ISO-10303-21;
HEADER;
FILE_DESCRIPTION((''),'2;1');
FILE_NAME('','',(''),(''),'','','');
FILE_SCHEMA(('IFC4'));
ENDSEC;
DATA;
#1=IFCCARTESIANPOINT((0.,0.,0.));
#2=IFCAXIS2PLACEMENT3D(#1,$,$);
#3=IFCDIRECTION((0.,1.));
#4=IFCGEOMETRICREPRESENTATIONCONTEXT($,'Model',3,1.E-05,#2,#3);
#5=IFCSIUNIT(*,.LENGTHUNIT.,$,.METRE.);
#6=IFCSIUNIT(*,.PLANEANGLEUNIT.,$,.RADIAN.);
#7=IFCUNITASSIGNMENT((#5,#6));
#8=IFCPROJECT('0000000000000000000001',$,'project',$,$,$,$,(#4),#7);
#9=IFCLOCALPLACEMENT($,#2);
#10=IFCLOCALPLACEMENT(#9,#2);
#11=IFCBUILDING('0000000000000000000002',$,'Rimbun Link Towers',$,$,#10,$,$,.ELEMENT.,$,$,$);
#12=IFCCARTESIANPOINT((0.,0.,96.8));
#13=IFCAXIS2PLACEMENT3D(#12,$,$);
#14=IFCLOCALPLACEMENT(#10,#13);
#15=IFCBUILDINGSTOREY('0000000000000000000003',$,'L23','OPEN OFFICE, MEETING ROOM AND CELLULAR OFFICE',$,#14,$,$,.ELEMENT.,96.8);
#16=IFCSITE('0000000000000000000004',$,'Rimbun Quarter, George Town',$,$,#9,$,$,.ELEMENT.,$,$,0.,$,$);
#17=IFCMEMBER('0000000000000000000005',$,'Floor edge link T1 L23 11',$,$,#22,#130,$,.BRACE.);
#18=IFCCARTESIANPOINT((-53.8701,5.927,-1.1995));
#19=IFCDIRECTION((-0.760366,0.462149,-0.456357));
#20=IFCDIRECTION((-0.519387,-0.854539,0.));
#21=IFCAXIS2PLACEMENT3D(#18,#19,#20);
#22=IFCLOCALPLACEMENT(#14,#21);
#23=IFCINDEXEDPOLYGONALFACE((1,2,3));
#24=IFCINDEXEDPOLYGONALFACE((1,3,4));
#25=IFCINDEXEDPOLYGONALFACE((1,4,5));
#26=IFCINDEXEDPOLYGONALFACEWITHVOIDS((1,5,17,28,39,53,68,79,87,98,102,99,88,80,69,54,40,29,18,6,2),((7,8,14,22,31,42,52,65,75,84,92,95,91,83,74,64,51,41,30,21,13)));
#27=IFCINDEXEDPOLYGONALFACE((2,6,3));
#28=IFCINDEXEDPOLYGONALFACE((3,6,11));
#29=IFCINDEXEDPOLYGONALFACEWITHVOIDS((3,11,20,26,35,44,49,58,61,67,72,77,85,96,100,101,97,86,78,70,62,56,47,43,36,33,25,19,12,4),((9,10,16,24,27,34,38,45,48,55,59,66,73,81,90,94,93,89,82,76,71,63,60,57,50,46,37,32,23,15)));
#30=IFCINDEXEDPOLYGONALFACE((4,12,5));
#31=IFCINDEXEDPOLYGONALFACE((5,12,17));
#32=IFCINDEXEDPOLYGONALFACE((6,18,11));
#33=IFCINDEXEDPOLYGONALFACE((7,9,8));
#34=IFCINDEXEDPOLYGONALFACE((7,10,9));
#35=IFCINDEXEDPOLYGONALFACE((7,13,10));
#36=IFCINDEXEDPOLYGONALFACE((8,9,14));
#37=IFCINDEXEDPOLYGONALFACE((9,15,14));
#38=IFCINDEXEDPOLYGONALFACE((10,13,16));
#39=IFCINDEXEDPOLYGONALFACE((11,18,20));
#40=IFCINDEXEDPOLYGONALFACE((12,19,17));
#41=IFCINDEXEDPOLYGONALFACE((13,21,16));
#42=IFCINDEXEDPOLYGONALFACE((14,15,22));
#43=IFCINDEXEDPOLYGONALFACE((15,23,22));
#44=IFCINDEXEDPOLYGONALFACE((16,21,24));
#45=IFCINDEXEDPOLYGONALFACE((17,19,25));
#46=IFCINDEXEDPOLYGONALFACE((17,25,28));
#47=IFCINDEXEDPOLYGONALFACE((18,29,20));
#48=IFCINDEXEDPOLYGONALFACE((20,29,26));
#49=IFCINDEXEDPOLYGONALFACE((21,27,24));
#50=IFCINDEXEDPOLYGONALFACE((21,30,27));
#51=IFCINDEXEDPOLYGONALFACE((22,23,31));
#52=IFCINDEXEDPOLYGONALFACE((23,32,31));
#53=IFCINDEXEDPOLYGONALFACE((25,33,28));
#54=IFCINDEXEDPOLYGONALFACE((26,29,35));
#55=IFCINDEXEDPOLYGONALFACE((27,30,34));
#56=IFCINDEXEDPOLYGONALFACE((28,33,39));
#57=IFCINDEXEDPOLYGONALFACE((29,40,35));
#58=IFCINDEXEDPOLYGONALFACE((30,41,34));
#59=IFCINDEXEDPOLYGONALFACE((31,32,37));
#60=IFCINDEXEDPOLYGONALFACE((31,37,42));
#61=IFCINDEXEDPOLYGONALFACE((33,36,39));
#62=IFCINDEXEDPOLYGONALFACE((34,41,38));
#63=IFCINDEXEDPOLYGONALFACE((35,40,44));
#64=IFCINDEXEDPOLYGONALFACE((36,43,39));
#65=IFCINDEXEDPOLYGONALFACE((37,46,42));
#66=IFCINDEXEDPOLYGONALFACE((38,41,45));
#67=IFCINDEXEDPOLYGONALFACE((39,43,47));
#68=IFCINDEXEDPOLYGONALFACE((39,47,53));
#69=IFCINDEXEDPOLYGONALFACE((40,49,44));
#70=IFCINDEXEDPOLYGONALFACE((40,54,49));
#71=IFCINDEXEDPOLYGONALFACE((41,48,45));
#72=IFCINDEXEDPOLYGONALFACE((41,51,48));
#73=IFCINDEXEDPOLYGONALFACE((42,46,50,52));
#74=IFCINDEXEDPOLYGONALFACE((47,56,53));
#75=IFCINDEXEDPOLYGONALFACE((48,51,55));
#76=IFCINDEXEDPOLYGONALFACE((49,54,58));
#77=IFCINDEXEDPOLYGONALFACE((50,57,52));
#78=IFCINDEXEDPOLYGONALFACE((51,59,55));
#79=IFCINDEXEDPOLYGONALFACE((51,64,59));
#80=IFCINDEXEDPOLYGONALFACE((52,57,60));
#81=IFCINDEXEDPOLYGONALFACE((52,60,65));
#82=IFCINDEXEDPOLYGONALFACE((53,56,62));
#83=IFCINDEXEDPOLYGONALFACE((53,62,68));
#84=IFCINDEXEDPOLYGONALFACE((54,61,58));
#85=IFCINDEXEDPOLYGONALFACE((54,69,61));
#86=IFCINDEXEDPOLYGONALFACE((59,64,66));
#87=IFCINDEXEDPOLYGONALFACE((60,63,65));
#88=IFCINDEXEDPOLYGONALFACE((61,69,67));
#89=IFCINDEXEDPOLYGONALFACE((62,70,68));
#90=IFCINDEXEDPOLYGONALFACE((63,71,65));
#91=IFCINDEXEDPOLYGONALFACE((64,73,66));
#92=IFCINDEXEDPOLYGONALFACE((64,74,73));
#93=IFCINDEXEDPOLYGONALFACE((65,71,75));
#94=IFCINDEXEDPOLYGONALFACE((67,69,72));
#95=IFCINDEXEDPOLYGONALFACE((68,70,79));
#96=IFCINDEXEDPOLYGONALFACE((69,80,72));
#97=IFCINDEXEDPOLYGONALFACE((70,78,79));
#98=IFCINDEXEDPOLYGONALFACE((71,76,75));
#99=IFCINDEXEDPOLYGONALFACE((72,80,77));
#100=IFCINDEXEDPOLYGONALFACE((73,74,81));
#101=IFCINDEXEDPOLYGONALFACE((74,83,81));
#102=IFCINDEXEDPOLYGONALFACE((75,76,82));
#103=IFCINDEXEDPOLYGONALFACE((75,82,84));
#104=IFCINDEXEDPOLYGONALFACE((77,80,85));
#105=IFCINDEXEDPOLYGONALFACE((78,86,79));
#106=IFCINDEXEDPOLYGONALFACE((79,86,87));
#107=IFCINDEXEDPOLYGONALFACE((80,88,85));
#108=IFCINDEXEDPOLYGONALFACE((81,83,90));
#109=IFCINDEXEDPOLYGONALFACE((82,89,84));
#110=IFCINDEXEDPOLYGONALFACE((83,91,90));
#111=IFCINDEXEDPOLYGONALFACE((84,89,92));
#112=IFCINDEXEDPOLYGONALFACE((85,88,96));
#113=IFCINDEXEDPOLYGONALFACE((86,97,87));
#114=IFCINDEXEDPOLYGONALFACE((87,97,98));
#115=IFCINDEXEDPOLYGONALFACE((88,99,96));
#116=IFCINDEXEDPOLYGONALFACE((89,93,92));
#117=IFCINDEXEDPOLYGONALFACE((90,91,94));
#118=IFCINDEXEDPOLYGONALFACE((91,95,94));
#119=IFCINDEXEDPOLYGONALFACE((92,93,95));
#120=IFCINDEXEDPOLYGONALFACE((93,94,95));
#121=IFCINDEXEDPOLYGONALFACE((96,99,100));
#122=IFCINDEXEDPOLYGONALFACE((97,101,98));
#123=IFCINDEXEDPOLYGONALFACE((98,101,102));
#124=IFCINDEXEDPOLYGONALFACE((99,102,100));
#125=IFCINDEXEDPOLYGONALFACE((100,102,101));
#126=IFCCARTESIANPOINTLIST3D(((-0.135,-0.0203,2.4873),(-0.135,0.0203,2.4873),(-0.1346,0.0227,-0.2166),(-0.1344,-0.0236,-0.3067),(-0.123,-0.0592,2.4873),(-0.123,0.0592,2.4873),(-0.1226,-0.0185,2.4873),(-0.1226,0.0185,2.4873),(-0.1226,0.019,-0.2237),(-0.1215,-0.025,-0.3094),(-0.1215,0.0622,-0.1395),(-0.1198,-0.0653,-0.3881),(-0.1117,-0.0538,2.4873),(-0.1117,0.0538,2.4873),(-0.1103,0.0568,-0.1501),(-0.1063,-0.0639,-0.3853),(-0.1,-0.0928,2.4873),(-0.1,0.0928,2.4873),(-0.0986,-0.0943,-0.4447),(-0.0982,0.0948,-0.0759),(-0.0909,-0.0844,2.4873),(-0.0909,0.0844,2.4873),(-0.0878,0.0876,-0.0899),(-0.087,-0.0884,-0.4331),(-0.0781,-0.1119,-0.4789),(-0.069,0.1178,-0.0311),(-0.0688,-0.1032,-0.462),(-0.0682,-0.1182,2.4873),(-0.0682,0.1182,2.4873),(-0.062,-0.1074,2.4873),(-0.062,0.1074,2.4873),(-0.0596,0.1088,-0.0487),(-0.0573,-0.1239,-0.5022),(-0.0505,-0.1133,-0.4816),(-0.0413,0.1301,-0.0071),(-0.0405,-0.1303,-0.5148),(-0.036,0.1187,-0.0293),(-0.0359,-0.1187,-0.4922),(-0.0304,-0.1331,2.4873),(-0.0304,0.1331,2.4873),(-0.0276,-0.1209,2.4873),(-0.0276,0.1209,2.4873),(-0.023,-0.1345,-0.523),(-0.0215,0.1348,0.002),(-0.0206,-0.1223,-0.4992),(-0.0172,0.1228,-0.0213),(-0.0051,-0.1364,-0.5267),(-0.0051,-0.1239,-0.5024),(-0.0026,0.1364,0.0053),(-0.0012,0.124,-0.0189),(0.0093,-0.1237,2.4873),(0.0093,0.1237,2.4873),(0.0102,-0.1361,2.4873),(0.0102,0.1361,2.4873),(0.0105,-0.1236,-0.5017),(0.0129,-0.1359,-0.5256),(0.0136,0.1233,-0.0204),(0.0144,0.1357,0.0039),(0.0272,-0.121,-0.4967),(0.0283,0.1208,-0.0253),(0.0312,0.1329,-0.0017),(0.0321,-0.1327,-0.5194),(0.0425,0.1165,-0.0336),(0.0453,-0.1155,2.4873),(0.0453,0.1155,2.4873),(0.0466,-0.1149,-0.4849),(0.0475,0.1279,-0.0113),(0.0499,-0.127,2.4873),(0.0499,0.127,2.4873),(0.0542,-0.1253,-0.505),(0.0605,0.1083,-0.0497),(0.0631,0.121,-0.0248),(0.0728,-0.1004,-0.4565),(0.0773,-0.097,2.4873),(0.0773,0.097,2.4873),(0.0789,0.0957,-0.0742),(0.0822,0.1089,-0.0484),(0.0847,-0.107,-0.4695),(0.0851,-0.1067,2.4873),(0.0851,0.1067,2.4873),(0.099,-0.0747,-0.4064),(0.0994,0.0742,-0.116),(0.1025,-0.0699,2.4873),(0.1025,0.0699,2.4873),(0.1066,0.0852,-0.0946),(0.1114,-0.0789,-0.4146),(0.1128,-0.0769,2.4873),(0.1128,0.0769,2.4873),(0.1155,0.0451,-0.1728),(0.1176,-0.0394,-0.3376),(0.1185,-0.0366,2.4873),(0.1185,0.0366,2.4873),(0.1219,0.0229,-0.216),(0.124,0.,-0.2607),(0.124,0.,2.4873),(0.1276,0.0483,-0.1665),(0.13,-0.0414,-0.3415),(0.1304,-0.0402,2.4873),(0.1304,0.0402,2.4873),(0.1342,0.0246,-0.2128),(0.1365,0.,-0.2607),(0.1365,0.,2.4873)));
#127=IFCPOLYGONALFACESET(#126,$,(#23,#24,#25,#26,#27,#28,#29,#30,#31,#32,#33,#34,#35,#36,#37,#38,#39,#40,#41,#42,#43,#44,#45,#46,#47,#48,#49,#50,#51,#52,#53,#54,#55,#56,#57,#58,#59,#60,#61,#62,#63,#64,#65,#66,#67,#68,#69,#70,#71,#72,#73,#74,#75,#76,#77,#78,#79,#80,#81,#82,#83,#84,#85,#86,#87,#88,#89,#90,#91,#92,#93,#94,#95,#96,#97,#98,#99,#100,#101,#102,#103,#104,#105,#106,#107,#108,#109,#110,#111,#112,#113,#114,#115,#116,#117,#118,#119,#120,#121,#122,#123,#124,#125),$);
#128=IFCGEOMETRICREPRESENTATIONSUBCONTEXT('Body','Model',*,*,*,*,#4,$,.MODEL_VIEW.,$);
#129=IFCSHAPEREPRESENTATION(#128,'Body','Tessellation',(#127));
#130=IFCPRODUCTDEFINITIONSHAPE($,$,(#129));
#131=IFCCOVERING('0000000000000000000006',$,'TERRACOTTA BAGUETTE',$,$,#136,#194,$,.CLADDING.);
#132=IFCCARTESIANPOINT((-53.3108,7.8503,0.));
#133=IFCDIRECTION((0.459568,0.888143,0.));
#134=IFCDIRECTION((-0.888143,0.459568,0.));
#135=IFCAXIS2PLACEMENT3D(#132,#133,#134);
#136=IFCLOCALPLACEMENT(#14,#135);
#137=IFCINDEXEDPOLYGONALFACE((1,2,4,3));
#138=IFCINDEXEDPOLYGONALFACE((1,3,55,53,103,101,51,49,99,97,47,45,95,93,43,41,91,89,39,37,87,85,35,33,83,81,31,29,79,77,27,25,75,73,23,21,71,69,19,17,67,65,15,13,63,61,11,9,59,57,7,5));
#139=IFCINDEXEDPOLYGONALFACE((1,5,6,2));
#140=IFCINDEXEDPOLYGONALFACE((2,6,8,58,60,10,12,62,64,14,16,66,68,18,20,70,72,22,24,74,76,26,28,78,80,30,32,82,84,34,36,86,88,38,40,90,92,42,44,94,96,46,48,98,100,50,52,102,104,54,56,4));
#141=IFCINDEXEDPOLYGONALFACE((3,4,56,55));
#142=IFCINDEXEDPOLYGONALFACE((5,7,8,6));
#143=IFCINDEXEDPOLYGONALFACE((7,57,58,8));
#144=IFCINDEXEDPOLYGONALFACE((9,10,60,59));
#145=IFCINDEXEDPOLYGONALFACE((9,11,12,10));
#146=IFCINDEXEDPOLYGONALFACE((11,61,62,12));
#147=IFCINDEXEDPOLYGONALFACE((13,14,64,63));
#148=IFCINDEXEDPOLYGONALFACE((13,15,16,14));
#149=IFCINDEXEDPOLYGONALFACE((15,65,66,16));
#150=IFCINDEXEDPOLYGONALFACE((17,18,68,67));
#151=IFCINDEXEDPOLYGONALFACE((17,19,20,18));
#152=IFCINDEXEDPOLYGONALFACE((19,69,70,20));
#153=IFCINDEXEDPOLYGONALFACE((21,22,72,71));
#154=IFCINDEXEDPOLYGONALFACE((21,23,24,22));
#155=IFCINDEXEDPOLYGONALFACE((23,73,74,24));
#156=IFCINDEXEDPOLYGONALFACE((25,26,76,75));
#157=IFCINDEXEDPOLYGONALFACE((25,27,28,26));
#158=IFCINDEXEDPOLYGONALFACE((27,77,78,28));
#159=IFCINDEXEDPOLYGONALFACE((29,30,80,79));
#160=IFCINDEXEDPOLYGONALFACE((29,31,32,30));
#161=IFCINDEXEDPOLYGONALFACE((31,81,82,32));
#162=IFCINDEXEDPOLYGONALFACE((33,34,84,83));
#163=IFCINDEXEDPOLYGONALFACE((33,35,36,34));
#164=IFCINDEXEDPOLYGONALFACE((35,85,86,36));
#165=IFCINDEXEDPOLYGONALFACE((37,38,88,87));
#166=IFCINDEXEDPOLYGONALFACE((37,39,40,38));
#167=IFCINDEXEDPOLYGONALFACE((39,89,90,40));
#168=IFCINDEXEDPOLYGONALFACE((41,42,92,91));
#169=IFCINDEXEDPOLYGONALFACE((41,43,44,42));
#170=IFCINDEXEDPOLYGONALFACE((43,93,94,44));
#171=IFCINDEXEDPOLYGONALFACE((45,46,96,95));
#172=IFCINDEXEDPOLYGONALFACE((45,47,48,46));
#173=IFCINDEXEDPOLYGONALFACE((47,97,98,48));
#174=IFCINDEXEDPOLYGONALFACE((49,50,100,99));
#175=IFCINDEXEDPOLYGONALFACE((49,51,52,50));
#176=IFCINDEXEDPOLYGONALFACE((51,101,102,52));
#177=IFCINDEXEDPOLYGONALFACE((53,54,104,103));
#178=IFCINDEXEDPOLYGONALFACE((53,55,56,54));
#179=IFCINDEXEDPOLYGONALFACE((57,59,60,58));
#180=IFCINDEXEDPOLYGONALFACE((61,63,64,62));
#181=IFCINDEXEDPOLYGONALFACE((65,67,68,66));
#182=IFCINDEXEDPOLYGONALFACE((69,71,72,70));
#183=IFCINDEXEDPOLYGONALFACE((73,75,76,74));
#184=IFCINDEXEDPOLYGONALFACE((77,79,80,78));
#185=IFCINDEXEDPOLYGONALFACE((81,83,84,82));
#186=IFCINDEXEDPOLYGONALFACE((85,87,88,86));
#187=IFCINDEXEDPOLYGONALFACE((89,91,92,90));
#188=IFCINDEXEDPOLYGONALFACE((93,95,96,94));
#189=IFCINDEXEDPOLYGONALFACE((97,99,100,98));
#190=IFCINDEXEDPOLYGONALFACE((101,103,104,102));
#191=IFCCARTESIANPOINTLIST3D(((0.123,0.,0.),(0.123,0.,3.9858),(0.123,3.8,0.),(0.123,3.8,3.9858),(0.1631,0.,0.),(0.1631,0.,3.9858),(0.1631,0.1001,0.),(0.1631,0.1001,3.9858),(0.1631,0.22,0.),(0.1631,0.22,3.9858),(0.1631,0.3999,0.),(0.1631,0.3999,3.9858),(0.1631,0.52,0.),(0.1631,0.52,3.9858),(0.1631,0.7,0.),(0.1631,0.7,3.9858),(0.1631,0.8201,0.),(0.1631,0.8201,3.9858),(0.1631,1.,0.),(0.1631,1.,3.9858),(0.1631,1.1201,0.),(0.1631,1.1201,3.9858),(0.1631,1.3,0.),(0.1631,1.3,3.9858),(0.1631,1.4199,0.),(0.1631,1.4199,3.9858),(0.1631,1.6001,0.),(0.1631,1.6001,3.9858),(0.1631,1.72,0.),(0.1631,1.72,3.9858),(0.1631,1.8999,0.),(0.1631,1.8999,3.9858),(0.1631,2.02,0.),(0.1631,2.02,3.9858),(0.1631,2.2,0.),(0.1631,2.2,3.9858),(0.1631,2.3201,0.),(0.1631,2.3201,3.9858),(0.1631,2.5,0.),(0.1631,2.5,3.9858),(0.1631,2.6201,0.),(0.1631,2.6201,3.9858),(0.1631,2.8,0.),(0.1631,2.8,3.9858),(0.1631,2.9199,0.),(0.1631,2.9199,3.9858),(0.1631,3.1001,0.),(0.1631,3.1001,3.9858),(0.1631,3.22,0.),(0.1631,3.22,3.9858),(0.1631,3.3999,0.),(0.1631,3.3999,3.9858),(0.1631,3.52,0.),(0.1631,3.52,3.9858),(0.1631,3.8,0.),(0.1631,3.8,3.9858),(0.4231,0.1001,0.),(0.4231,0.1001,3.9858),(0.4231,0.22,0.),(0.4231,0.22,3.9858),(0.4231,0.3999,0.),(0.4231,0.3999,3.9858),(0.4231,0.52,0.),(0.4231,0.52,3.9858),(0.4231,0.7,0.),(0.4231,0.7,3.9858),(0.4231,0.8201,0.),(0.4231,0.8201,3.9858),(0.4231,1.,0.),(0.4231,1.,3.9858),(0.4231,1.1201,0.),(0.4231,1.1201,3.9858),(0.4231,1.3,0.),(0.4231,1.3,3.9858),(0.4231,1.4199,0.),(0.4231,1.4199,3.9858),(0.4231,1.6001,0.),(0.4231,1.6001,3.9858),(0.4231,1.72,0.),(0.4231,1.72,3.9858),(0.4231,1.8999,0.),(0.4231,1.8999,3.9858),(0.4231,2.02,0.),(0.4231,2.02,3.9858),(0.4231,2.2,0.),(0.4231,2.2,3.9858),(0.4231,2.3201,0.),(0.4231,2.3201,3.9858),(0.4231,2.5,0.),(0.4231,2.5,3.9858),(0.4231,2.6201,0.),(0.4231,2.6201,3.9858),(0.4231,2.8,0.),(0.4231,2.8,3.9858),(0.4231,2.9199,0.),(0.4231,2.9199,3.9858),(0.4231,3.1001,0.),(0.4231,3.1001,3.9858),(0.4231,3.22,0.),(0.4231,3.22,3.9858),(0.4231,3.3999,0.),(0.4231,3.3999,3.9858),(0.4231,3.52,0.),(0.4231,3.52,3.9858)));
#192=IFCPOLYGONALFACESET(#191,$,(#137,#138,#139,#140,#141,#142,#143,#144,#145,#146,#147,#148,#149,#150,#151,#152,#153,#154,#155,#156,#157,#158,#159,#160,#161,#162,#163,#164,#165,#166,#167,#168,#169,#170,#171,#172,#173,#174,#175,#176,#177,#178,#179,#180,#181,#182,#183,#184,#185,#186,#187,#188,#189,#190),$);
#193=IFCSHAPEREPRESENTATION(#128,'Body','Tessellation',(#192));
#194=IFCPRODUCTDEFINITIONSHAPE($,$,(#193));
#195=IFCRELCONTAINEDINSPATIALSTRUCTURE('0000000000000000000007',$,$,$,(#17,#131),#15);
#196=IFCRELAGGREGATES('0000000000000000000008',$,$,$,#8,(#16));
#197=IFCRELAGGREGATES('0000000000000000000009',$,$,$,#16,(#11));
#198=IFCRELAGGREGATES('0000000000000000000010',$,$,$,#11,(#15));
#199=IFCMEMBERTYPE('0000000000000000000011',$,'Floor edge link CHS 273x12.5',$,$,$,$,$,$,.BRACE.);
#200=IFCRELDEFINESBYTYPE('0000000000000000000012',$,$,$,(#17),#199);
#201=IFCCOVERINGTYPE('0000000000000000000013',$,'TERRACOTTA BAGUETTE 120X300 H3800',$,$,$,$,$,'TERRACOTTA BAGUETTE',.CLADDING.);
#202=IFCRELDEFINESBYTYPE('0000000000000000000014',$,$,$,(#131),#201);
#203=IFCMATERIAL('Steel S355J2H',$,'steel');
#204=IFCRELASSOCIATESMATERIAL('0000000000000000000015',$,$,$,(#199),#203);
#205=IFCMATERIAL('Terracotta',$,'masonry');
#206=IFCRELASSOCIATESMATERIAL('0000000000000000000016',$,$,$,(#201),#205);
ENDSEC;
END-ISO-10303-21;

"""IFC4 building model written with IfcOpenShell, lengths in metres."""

from ifc_helpers import new_model, si_unit, direction, frame, origin, origin_2d, place, context, subcontext, project, spatial, polyline, hollow_circle, outline, extrude, clip, halfspace, material, material_profile, profile_set, type_object, element, save


model = new_model("IFC4")

# Units and contexts
model_context = context("Model", 3, precision=1e-05, world=origin(), true_north=direction((0.0, 1.0)))
body_context = subcontext(model_context, "Body", "Model", "MODEL_VIEW")
ifc_project = project(units=[si_unit("LENGTHUNIT", "METRE"), si_unit("PLANEANGLEUNIT", "RADIAN")], contexts=[model_context])

# Site, building, storey
site_placement = place(None, origin())
site = spatial("IfcSite", under=ifc_project, at=site_placement, Name="Rimbun Quarter, George Town", CompositionType="ELEMENT", RefElevation=0.0)
building_placement = place(site_placement, origin())
building = spatial("IfcBuilding", under=site, at=building_placement, Name="Rimbun Link Towers", CompositionType="ELEMENT")
storey_placement = place(building_placement, frame((0.0, 0.0, 96.8)))
storey = spatial("IfcBuildingStorey", under=building, at=storey_placement, Name="L23", Description="OPEN OFFICE, MEETING ROOM AND CELLULAR OFFICE", CompositionType="ELEMENT", Elevation=96.8)

# Member
ifc_material_1 = material(Name="Steel S355J2H", Category="steel")
ifc_material_profile_1 = material_profile(ifc_material_1, hollow_circle(Radius=0.1365, WallThickness=0.0125, at=origin_2d()), Name="CHS 273x12.5")
ifc_profile_set_1 = profile_set([ifc_material_profile_1], Name="Steel S355J2H")
member_type_1 = type_object("IfcMemberType", Name="Floor edge link CHS 273x12.5", PredefinedType="BRACE", material=ifc_profile_set_1)
member_1_placement = place(storey_placement, frame((-53.8701, 5.927, -1.1995), z_axis=(-0.760366, 0.462149, -0.456357), x_axis=(-0.519387, -0.854539, 0.0)))
element("IfcMember", 1, at=member_1_placement, inside=storey, type_object=member_type_1, Name="Floor edge link T1 L23 11", PredefinedType="BRACE", context=body_context, shape_type="Clipping", body=[
    clip(extrude(hollow_circle(Radius=0.1365, WallThickness=0.0125, at=origin_2d()), frame((0.0, 0.0, -0.5542)), (0.0, 0.0, 1.0), 3.0415), halfspace(frame((0.0, 0.0, -0.2607), z_axis=(0.0, 0.889797, -0.456357)), False)),
])

# Covering
ifc_material_2 = material(Name="Terracotta", Category="masonry")
ifc_material_profile_2 = material_profile(ifc_material_2, outline(polyline([(0.123, 0.0), (0.1631, 0.0), (0.1631, 0.1001), (0.4231, 0.1001), (0.4231, 0.22), (0.1631, 0.22), (0.1631, 0.3999), (0.4231, 0.3999), (0.4231, 0.52), (0.1631, 0.52), (0.1631, 0.7), (0.4231, 0.7), (0.4231, 0.8201), (0.1631, 0.8201), (0.1631, 1.0), (0.4231, 1.0), (0.4231, 1.1201), (0.1631, 1.1201), (0.1631, 1.3), (0.4231, 1.3), (0.4231, 1.4199), (0.1631, 1.4199), (0.1631, 1.6001), (0.4231, 1.6001), (0.4231, 1.72), (0.1631, 1.72), (0.1631, 1.8999), (0.4231, 1.8999), (0.4231, 2.02), (0.1631, 2.02), (0.1631, 2.2), (0.4231, 2.2), (0.4231, 2.3201), (0.1631, 2.3201), (0.1631, 2.5), (0.4231, 2.5), (0.4231, 2.6201), (0.1631, 2.6201), (0.1631, 2.8), (0.4231, 2.8), (0.4231, 2.9199), (0.1631, 2.9199), (0.1631, 3.1001), (0.4231, 3.1001), (0.4231, 3.22), (0.1631, 3.22), (0.1631, 3.3999), (0.4231, 3.3999), (0.4231, 3.52), (0.1631, 3.52), (0.1631, 3.8), (0.123, 3.8), (0.123, 0.0)])), Name="BAGUETTE 120X300")
ifc_profile_set_2 = profile_set([ifc_material_profile_2], Name="Terracotta")
covering_type = type_object("IfcCoveringType", Name="TERRACOTTA BAGUETTE 120X300 H3800", ElementType="TERRACOTTA BAGUETTE", PredefinedType="CLADDING", material=ifc_profile_set_2)
covering_placement = place(storey_placement, frame((-53.3108, 7.8503, 0.0), z_axis=(0.459568, 0.888143, 0.0), x_axis=(-0.888143, 0.459568, 0.0)))
element("IfcCovering", 2, at=covering_placement, inside=storey, type_object=covering_type, Name="TERRACOTTA BAGUETTE", PredefinedType="CLADDING", context=body_context, shape_type="SweptSolid", body=[
    extrude(outline(polyline([(0.123, 0.0), (0.1631, 0.0), (0.1631, 0.1001), (0.4231, 0.1001), (0.4231, 0.22), (0.1631, 0.22), (0.1631, 0.3999), (0.4231, 0.3999), (0.4231, 0.52), (0.1631, 0.52), (0.1631, 0.7), (0.4231, 0.7), (0.4231, 0.8201), (0.1631, 0.8201), (0.1631, 1.0), (0.4231, 1.0), (0.4231, 1.1201), (0.1631, 1.1201), (0.1631, 1.3), (0.4231, 1.3), (0.4231, 1.4199), (0.1631, 1.4199), (0.1631, 1.6001), (0.4231, 1.6001), (0.4231, 1.72), (0.1631, 1.72), (0.1631, 1.8999), (0.4231, 1.8999), (0.4231, 2.02), (0.1631, 2.02), (0.1631, 2.2), (0.4231, 2.2), (0.4231, 2.3201), (0.1631, 2.3201), (0.1631, 2.5), (0.4231, 2.5), (0.4231, 2.6201), (0.1631, 2.6201), (0.1631, 2.8), (0.4231, 2.8), (0.4231, 2.9199), (0.1631, 2.9199), (0.1631, 3.1001), (0.4231, 3.1001), (0.4231, 3.22), (0.1631, 3.22), (0.1631, 3.3999), (0.4231, 3.3999), (0.4231, 3.52), (0.1631, 3.52), (0.1631, 3.8), (0.123, 3.8), (0.123, 0.0)])), origin(), (0.0, 0.0, 1.0), 3.9858),
])

save(model, "model.ifc")
